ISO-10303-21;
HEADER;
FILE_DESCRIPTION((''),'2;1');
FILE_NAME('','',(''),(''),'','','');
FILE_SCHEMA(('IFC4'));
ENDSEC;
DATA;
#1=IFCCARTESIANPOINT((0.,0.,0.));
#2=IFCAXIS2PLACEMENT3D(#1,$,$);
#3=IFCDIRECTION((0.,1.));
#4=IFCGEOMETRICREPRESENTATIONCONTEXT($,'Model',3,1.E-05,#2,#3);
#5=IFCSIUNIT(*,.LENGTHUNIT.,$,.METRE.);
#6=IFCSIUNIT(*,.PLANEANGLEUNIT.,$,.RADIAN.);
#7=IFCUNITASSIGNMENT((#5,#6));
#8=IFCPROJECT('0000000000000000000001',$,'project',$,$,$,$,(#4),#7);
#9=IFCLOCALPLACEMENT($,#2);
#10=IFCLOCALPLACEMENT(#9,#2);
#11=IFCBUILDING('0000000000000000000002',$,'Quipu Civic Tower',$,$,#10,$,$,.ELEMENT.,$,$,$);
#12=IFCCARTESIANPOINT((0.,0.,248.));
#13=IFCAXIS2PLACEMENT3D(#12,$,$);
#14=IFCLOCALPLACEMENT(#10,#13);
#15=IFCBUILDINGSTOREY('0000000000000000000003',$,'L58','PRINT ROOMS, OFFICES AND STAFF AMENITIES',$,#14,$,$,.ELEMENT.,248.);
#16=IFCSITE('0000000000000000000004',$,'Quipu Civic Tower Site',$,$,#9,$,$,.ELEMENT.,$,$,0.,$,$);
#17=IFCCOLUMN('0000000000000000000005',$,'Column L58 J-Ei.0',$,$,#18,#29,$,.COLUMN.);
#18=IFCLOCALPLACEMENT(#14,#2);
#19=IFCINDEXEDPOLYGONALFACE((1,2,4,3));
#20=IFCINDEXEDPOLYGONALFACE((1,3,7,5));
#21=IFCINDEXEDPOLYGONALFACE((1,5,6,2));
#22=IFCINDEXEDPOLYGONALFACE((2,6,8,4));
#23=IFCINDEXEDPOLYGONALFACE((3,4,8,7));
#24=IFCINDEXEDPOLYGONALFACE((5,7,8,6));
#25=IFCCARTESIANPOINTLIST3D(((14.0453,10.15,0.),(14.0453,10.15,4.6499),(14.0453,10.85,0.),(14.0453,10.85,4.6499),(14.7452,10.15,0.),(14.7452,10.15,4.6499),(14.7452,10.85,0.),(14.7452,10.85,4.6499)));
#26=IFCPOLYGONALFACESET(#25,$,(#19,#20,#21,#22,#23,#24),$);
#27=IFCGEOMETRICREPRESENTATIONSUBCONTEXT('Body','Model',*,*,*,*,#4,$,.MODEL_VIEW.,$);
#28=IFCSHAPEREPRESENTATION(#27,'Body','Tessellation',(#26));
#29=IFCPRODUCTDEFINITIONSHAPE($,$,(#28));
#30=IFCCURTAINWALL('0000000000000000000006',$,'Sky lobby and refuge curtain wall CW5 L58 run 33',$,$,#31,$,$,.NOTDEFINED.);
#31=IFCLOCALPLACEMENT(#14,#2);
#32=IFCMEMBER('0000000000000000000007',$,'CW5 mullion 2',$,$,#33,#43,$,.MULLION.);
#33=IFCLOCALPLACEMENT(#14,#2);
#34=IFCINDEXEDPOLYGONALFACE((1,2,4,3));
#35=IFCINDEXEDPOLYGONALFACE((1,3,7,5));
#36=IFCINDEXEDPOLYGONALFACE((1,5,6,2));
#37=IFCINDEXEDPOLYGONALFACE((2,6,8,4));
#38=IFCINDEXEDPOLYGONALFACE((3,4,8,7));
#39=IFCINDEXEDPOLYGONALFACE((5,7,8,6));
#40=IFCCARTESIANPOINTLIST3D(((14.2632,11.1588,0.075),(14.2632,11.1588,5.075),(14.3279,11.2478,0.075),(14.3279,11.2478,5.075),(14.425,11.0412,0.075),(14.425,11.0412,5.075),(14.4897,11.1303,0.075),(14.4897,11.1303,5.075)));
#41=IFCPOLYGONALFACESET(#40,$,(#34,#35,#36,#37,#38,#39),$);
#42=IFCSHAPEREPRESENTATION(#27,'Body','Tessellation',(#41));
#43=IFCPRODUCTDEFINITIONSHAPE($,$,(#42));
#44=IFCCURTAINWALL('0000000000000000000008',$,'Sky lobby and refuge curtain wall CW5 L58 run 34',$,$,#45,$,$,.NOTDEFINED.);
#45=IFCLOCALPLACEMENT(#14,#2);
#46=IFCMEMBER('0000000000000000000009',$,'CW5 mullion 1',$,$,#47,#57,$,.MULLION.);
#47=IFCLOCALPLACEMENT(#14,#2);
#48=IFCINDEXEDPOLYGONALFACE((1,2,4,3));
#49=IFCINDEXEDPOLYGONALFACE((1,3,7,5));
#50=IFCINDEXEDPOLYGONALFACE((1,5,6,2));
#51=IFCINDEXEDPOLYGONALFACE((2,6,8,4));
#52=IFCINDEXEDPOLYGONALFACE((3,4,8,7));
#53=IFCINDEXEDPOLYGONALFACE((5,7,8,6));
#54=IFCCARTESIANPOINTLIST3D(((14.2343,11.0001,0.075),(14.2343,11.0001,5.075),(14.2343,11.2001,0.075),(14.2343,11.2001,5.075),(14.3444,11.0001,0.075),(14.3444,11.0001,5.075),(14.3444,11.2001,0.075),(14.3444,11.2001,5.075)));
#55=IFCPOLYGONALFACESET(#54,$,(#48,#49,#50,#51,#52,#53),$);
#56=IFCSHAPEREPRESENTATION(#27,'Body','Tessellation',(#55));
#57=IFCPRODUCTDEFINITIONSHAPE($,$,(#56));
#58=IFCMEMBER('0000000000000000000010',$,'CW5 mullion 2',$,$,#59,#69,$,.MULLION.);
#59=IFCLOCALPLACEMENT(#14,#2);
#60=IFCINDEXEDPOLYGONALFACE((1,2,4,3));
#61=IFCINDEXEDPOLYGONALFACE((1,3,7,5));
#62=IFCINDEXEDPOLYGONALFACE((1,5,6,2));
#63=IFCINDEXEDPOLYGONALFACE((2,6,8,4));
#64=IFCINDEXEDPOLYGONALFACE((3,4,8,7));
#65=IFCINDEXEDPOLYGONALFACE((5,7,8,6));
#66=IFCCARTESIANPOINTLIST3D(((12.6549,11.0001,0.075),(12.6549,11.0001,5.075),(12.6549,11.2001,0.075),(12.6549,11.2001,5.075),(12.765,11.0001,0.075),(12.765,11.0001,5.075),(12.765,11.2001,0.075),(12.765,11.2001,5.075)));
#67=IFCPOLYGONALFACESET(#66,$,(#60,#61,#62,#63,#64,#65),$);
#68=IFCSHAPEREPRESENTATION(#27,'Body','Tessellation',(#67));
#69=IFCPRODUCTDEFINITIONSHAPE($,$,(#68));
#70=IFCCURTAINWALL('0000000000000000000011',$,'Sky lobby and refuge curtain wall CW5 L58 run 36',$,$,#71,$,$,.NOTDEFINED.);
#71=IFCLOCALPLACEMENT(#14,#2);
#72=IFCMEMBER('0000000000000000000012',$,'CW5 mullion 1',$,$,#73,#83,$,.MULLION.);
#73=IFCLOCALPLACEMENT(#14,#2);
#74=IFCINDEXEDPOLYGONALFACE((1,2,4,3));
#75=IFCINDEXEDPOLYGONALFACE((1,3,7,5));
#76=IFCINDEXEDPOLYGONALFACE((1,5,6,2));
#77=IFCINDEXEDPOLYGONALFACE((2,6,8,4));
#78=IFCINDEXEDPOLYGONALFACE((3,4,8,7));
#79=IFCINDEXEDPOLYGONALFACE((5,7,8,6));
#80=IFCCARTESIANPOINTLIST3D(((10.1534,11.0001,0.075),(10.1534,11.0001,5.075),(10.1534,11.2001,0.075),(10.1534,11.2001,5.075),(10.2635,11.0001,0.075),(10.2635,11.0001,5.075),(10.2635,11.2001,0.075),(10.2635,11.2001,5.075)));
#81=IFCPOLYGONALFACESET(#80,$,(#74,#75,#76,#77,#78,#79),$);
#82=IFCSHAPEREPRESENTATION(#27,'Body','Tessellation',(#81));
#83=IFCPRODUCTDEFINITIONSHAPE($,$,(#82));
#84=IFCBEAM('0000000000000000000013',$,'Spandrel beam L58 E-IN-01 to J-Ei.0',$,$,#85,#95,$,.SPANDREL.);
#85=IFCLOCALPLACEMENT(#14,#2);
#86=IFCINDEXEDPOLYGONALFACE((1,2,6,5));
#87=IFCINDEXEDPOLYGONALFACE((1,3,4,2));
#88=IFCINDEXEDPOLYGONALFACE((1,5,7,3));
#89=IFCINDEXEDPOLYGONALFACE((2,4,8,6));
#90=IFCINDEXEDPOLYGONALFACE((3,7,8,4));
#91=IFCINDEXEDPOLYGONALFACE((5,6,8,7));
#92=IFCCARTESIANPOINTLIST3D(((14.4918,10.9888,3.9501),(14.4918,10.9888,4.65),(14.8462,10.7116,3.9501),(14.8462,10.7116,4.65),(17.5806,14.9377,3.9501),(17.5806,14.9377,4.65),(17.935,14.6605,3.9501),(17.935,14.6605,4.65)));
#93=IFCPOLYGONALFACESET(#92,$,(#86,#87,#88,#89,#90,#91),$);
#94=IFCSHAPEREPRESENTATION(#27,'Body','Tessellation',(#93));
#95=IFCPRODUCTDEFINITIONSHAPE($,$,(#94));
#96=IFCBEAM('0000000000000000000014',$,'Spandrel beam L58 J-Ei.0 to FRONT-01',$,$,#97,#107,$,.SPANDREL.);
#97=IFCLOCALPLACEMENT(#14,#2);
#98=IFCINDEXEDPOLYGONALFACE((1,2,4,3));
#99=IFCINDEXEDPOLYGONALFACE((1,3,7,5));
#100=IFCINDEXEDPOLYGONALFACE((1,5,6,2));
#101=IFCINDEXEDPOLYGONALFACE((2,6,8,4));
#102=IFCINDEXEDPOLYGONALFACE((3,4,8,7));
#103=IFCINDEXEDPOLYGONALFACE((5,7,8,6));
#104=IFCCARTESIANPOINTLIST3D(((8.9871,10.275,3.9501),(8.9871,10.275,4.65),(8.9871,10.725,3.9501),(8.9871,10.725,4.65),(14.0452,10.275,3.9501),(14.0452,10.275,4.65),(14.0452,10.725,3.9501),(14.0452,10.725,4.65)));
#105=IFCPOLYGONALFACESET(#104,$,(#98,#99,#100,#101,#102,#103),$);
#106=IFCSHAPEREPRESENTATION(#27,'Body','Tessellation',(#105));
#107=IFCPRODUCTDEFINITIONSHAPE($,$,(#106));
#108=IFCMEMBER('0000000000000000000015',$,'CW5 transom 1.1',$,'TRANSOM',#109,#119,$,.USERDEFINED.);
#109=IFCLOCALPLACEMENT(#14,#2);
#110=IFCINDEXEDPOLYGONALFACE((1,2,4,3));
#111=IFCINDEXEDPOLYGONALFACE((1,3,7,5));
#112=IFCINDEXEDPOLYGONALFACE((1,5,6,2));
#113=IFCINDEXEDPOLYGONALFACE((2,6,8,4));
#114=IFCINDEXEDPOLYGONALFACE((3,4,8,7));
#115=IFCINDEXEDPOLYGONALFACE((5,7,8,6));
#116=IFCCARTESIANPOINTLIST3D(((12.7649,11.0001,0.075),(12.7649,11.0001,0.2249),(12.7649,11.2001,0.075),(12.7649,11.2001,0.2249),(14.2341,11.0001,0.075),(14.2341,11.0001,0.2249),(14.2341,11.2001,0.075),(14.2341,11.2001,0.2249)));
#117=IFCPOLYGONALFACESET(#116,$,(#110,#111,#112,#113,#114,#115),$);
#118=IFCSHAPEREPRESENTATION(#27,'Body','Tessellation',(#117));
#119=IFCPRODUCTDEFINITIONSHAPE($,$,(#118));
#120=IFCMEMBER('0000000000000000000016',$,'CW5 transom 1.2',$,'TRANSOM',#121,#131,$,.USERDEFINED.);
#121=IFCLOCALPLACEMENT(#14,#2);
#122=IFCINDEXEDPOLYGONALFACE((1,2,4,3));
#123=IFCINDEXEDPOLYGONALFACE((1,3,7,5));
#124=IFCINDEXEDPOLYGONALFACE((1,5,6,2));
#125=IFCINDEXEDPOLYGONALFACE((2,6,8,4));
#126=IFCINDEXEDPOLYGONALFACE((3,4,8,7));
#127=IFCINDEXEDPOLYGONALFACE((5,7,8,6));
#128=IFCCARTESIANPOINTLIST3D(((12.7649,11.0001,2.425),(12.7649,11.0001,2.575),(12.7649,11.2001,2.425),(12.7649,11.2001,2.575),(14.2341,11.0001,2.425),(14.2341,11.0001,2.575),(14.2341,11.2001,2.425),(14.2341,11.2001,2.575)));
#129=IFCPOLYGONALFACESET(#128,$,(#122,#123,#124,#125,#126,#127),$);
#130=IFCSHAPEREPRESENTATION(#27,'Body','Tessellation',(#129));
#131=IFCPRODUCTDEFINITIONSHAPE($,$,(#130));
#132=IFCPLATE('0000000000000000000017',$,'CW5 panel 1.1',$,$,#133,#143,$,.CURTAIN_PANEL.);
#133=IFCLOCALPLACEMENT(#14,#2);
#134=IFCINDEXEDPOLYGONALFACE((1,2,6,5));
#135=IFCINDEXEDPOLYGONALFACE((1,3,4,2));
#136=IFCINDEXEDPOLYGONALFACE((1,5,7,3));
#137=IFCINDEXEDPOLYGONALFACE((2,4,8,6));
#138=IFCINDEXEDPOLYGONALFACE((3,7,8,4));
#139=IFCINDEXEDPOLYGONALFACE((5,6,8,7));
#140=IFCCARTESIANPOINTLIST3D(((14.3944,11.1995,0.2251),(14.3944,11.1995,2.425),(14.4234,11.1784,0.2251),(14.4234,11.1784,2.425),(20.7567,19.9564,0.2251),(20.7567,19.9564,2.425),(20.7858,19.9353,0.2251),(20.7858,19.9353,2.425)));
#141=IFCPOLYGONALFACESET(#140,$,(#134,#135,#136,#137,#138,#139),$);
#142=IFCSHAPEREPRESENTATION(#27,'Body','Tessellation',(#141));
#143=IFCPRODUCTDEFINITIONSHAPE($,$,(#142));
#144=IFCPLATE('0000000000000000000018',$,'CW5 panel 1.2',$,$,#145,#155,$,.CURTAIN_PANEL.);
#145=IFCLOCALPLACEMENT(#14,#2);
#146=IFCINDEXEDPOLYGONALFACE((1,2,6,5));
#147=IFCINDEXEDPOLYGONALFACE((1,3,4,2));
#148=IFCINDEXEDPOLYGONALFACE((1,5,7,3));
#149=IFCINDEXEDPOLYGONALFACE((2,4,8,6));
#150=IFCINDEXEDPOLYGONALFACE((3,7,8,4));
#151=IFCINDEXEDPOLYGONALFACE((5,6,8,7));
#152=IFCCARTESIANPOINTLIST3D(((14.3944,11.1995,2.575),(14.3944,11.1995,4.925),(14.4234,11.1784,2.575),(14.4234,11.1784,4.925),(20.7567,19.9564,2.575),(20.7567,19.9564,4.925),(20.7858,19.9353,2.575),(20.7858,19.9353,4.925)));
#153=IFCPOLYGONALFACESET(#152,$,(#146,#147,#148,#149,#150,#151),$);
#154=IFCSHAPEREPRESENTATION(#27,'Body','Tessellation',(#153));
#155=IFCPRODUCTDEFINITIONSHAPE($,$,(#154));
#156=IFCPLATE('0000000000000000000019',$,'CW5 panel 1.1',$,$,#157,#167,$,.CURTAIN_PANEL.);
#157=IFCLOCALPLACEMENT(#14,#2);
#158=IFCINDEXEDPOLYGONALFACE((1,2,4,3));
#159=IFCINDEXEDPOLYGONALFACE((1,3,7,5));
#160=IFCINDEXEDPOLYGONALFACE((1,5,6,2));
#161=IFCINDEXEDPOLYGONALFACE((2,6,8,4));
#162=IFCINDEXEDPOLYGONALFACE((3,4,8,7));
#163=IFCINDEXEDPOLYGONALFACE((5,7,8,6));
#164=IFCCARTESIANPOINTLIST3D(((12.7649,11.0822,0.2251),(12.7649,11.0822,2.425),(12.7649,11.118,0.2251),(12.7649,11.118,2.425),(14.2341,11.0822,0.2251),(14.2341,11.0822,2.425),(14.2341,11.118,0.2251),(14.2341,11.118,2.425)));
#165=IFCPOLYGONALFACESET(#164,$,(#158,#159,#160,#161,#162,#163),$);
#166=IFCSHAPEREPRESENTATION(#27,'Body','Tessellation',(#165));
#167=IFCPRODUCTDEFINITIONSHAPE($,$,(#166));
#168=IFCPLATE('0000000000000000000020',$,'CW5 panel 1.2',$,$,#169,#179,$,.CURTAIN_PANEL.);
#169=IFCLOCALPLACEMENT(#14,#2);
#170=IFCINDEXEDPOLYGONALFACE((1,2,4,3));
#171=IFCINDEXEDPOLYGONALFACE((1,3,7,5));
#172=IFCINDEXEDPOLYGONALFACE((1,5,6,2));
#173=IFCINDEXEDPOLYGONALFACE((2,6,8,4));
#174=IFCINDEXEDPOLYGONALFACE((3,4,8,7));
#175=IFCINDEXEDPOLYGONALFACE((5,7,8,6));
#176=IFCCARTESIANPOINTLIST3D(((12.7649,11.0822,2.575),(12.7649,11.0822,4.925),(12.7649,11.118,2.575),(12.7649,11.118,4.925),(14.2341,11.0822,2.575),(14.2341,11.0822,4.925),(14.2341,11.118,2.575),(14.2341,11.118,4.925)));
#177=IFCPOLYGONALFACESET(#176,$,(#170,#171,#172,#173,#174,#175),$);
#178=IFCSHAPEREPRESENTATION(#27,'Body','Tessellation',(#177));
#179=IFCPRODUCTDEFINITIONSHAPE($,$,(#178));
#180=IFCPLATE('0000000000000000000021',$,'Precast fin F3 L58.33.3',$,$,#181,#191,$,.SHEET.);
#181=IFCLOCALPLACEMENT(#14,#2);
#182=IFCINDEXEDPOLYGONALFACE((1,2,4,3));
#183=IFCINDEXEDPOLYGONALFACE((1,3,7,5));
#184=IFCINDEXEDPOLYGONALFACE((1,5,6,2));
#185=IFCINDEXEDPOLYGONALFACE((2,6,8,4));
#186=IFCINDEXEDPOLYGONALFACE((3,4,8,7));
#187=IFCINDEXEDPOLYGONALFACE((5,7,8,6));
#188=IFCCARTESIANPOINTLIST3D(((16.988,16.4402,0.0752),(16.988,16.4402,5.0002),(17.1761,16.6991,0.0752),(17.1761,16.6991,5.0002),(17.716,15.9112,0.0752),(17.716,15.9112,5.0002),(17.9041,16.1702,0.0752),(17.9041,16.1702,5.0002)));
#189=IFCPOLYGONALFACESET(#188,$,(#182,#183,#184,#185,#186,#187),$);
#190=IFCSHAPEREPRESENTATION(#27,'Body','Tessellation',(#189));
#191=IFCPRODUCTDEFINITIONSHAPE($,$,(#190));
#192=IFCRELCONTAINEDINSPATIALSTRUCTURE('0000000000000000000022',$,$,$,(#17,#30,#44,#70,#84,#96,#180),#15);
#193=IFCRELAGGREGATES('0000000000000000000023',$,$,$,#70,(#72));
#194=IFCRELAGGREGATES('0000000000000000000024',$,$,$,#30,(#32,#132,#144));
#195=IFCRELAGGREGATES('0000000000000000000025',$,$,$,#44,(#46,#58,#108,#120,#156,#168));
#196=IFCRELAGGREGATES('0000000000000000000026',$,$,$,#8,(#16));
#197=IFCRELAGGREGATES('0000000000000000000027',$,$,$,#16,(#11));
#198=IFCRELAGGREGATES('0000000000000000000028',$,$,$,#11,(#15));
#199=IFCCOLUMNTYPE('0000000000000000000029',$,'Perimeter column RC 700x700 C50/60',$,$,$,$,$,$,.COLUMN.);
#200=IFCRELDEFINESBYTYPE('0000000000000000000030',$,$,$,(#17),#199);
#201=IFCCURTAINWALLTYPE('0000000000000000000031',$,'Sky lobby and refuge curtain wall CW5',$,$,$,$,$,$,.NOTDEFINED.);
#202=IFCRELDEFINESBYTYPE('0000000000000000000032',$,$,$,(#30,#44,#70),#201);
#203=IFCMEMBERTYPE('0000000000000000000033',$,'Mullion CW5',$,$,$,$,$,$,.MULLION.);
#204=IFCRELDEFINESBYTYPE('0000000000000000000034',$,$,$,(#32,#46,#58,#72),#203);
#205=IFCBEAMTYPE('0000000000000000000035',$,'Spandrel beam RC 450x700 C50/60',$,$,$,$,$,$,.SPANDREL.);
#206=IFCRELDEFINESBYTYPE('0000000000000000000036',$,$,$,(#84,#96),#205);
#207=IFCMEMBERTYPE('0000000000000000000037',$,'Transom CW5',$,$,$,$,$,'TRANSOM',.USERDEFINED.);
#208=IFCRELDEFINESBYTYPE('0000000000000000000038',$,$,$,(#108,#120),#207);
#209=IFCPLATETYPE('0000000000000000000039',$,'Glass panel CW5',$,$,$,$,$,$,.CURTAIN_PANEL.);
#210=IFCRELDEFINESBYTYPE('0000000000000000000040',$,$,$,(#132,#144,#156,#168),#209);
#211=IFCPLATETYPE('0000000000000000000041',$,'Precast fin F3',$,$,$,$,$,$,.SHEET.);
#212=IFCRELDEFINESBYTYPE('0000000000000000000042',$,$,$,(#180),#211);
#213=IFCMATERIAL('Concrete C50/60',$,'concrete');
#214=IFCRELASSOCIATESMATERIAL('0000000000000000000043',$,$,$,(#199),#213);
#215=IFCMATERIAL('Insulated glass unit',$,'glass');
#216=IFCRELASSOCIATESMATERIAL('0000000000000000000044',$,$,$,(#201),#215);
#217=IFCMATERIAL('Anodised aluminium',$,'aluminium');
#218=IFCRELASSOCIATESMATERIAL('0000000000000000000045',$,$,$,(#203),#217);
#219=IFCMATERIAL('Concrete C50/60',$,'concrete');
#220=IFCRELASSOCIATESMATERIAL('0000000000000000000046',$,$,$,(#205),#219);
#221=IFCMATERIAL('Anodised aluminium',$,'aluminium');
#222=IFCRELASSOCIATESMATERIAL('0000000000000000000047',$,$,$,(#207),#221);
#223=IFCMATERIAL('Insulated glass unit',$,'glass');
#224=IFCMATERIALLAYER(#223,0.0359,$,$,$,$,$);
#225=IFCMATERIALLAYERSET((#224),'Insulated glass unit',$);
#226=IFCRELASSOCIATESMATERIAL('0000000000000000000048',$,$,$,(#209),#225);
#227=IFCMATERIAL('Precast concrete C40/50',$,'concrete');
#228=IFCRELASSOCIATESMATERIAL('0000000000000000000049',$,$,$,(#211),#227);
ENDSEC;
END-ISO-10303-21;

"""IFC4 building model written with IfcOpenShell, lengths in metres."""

from ifc_helpers import new_model, si_unit, direction, frame, origin, origin_2d, place, context, subcontext, project, spatial, rectangle, extrude, material, layer, layer_set, material_profile, profile_set, type_object, element, aggregate, save


model = new_model("IFC4")

# Units and contexts
model_context = context("Model", 3, precision=1e-05, world=origin(), true_north=direction((0.0, 1.0)))
body_context = subcontext(model_context, "Body", "Model", "MODEL_VIEW")
ifc_project = project(units=[si_unit("LENGTHUNIT", "METRE"), si_unit("PLANEANGLEUNIT", "RADIAN")], contexts=[model_context])

# Site, building, storey
site_placement = place(None, origin())
site = spatial("IfcSite", under=ifc_project, at=site_placement, Name="Quipu Civic Tower Site", CompositionType="ELEMENT", RefElevation=0.0)
building_placement = place(site_placement, origin())
building = spatial("IfcBuilding", under=site, at=building_placement, Name="Quipu Civic Tower", CompositionType="ELEMENT")
storey_placement = place(building_placement, frame((0.0, 0.0, 248.0)))
storey = spatial("IfcBuildingStorey", under=building, at=storey_placement, Name="L58", Description="PRINT ROOMS, OFFICES AND STAFF AMENITIES", CompositionType="ELEMENT", Elevation=248.0)

# Column
ifc_material_1 = material(Name="Concrete C50/60", Category="concrete")
ifc_material_profile_1 = material_profile(ifc_material_1, rectangle(XDim=0.7, YDim=0.7, at=origin_2d()), Name="RC700x700")
ifc_profile_set_1 = profile_set([ifc_material_profile_1], Name="Concrete C50/60")
column_type = type_object("IfcColumnType", Name="Perimeter column RC 700x700 C50/60", PredefinedType="COLUMN", material=ifc_profile_set_1)
column_placement = place(storey_placement, frame((14.3953, 10.5, 0.0), z_axis=(0.0, 0.0, 1.0), x_axis=(-1.0, 0.0, 0.0)))
element("IfcColumn", 1, at=column_placement, inside=storey, type_object=column_type, Name="Column L58 J-Ei.0", PredefinedType="COLUMN", context=body_context, shape_type="SweptSolid", body=[
    extrude(rectangle(XDim=0.7, YDim=0.7, at=origin_2d()), origin(), (0.0, 0.0, 1.0), 4.6499),
])

# Curtain wall, member
ifc_material_2 = material(Name="Insulated glass unit", Category="glass")
curtain_wall_type = type_object("IfcCurtainWallType", Name="Sky lobby and refuge curtain wall CW5", PredefinedType="NOTDEFINED", material=ifc_material_2)
curtain_wall_1_placement = place(storey_placement, origin())
curtain_wall_1 = element("IfcCurtainWall", 2, at=curtain_wall_1_placement, inside=storey, type_object=curtain_wall_type, Name="Sky lobby and refuge curtain wall CW5 L58 run 33", PredefinedType="NOTDEFINED")
ifc_material_3 = material(Name="Anodised aluminium", Category="aluminium")
ifc_material_profile_2 = material_profile(ifc_material_3, rectangle(XDim=0.2, YDim=0.1101, at=origin_2d()), Name="RECT 200x110")
ifc_profile_set_2 = profile_set([ifc_material_profile_2], Name="Anodised aluminium")
member_type_1 = type_object("IfcMemberType", Name="Mullion CW5", PredefinedType="MULLION", material=ifc_profile_set_2)
member_1_placement = place(storey_placement, frame((14.3765, 11.1445, 0.075), z_axis=(0.0, 0.0, 1.0), x_axis=(0.809015, -0.587788, 0.0)))
member_1 = element("IfcMember", 3, at=member_1_placement, type_object=member_type_1, Name="CW5 mullion 2", PredefinedType="MULLION", context=body_context, shape_type="SweptSolid", body=[
    extrude(rectangle(XDim=0.2, YDim=0.1101, at=origin_2d()), origin(), (0.0, 0.0, 1.0), 5.0),
])

# Curtain wall, members
curtain_wall_2_placement = place(storey_placement, origin())
curtain_wall_2 = element("IfcCurtainWall", 4, at=curtain_wall_2_placement, inside=storey, type_object=curtain_wall_type, Name="Sky lobby and refuge curtain wall CW5 L58 run 34", PredefinedType="NOTDEFINED")
member_2_placement = place(storey_placement, frame((14.2893, 11.1001, 0.075), z_axis=(0.0, 0.0, 1.0), x_axis=(0.0, -1.0, 0.0)))
member_2 = element("IfcMember", 5, at=member_2_placement, type_object=member_type_1, Name="CW5 mullion 1", PredefinedType="MULLION", context=body_context, shape_type="SweptSolid", body=[
    extrude(rectangle(XDim=0.2, YDim=0.1101, at=origin_2d()), origin(), (0.0, 0.0, 1.0), 5.0),
])
member_3_placement = place(storey_placement, frame((12.71, 11.1001, 0.075), z_axis=(0.0, 0.0, 1.0), x_axis=(0.0, -1.0, 0.0)))
member_3 = element("IfcMember", 6, at=member_3_placement, type_object=member_type_1, Name="CW5 mullion 2", PredefinedType="MULLION", context=body_context, shape_type="SweptSolid", body=[
    extrude(rectangle(XDim=0.2, YDim=0.1101, at=origin_2d()), origin(), (0.0, 0.0, 1.0), 5.0),
])

# Curtain wall, member
curtain_wall_3_placement = place(storey_placement, origin())
curtain_wall_3 = element("IfcCurtainWall", 7, at=curtain_wall_3_placement, inside=storey, type_object=curtain_wall_type, Name="Sky lobby and refuge curtain wall CW5 L58 run 36", PredefinedType="NOTDEFINED")
member_4_placement = place(storey_placement, frame((10.2085, 11.1001, 0.075), z_axis=(0.0, 0.0, 1.0), x_axis=(0.0, -1.0, 0.0)))
member_4 = element("IfcMember", 8, at=member_4_placement, type_object=member_type_1, Name="CW5 mullion 1", PredefinedType="MULLION", context=body_context, shape_type="SweptSolid", body=[
    extrude(rectangle(XDim=0.2, YDim=0.1101, at=origin_2d()), origin(), (0.0, 0.0, 1.0), 5.0),
])
aggregate(curtain_wall_3, [member_4])

# Beams
ifc_material_4 = material(Name="Concrete C50/60", Category="concrete")
ifc_material_profile_3 = material_profile(ifc_material_4, rectangle(XDim=0.45, YDim=0.7, at=origin_2d()), Name="RC450x700")
ifc_profile_set_3 = profile_set([ifc_material_profile_3], Name="Concrete C50/60")
beam_type = type_object("IfcBeamType", Name="Spandrel beam RC 450x700 C50/60", PredefinedType="SPANDREL", material=ifc_profile_set_3)
beam_1_placement = place(storey_placement, frame((17.7578, 14.7991, 4.3), z_axis=(-0.616106, -0.787663, 0.0), x_axis=(0.787663, -0.616106, 0.0)))
element("IfcBeam", 9, at=beam_1_placement, inside=storey, type_object=beam_type, Name="Spandrel beam L58 E-IN-01 to J-Ei.0", PredefinedType="SPANDREL", context=body_context, shape_type="SweptSolid", body=[
    extrude(rectangle(XDim=0.45, YDim=0.7, at=origin_2d()), origin(), (0.0, 0.0, 1.0), 5.0134),
])
beam_2_placement = place(storey_placement, frame((14.0452, 10.5, 4.3), z_axis=(-1.0, 0.0, 0.0), x_axis=(0.0, -1.0, 0.0)))
element("IfcBeam", 10, at=beam_2_placement, inside=storey, type_object=beam_type, Name="Spandrel beam L58 J-Ei.0 to FRONT-01", PredefinedType="SPANDREL", context=body_context, shape_type="SweptSolid", body=[
    extrude(rectangle(XDim=0.45, YDim=0.7, at=origin_2d()), origin(), (0.0, 0.0, 1.0), 5.0581),
])

# Members
ifc_material_5 = material(Name="Anodised aluminium", Category="aluminium")
ifc_material_profile_4 = material_profile(ifc_material_5, rectangle(XDim=0.2, YDim=0.1499, at=origin_2d()), Name="RECT 200x150")
ifc_profile_set_4 = profile_set([ifc_material_profile_4], Name="Anodised aluminium")
member_type_2 = type_object("IfcMemberType", Name="Transom CW5", ElementType="TRANSOM", PredefinedType="USERDEFINED", material=ifc_profile_set_4)
member_5_placement = place(storey_placement, frame((14.2341, 11.1001, 0.1499), z_axis=(-1.0, 0.0, 0.0), x_axis=(0.0, -1.0, 0.0)))
member_5 = element("IfcMember", 11, at=member_5_placement, type_object=member_type_2, Name="CW5 transom 1.1", ObjectType="TRANSOM", PredefinedType="USERDEFINED", context=body_context, shape_type="SweptSolid", body=[
    extrude(rectangle(XDim=0.2, YDim=0.1499, at=origin_2d()), origin(), (0.0, 0.0, 1.0), 1.4692),
])
member_6_placement = place(storey_placement, frame((14.2341, 11.1001, 2.5), z_axis=(-1.0, 0.0, 0.0), x_axis=(0.0, -1.0, 0.0)))
member_6 = element("IfcMember", 12, at=member_6_placement, type_object=member_type_2, Name="CW5 transom 1.2", ObjectType="TRANSOM", PredefinedType="USERDEFINED", context=body_context, shape_type="SweptSolid", body=[
    extrude(rectangle(XDim=0.2, YDim=0.1499, at=origin_2d()), origin(), (0.0, 0.0, 1.0), 1.4692),
])

# Plates
ifc_material_6 = material(Name="Insulated glass unit", Category="glass")
ifc_layer_1 = layer(ifc_material_6, 0.0359)
ifc_layer_set_1 = layer_set([ifc_layer_1], Name="Insulated glass unit")
plate_type_1 = type_object("IfcPlateType", Name="Glass panel CW5", PredefinedType="CURTAIN_PANEL", material=ifc_layer_set_1)
plate_1_placement = place(storey_placement, frame((17.5901, 15.5674, 0.2251), z_axis=(0.0, 0.0, 1.0), x_axis=(-0.587788, -0.809015, 0.0)))
plate_1 = element("IfcPlate", 13, at=plate_1_placement, type_object=plate_type_1, Name="CW5 panel 1.1", PredefinedType="CURTAIN_PANEL", context=body_context, shape_type="SweptSolid", body=[
    extrude(rectangle(XDim=10.8242, YDim=0.0359, at=origin_2d()), origin(), (0.0, 0.0, 1.0), 2.2),
])
plate_2_placement = place(storey_placement, frame((17.5901, 15.5674, 2.575), z_axis=(0.0, 0.0, 1.0), x_axis=(-0.587788, -0.809015, 0.0)))
plate_2 = element("IfcPlate", 14, at=plate_2_placement, type_object=plate_type_1, Name="CW5 panel 1.2", PredefinedType="CURTAIN_PANEL", context=body_context, shape_type="SweptSolid", body=[
    extrude(rectangle(XDim=10.8242, YDim=0.0359, at=origin_2d()), origin(), (0.0, 0.0, 1.0), 2.3501),
])
aggregate(curtain_wall_1, [member_1, plate_1, plate_2])
plate_3_placement = place(storey_placement, frame((13.4995, 11.1001, 0.2251), z_axis=(0.0, 0.0, 1.0), x_axis=(-1.0, 0.0, 0.0)))
plate_3 = element("IfcPlate", 15, at=plate_3_placement, type_object=plate_type_1, Name="CW5 panel 1.1", PredefinedType="CURTAIN_PANEL", context=body_context, shape_type="SweptSolid", body=[
    extrude(rectangle(XDim=1.4692, YDim=0.0359, at=origin_2d()), origin(), (0.0, 0.0, 1.0), 2.2),
])
plate_4_placement = place(storey_placement, frame((13.4995, 11.1001, 2.575), z_axis=(0.0, 0.0, 1.0), x_axis=(-1.0, 0.0, 0.0)))
plate_4 = element("IfcPlate", 16, at=plate_4_placement, type_object=plate_type_1, Name="CW5 panel 1.2", PredefinedType="CURTAIN_PANEL", context=body_context, shape_type="SweptSolid", body=[
    extrude(rectangle(XDim=1.4692, YDim=0.0359, at=origin_2d()), origin(), (0.0, 0.0, 1.0), 2.3501),
])
aggregate(curtain_wall_2, [member_2, member_3, member_5, member_6, plate_3, plate_4])

# Plate
ifc_material_7 = material(Name="Precast concrete C40/50", Category="concrete")
plate_type_2 = type_object("IfcPlateType", Name="Precast fin F3", PredefinedType="SHEET", material=ifc_material_7)
for number, where, z_axis, x_axis, name in (
    (17, (17.446, 16.3052, 0.0752), (0.0, 0.0, 1.0), (-0.587784, -0.809018, 0.0), "Precast fin F3 L58.33.3"),
):
    element("IfcPlate", number, at=place(storey_placement, frame(where, z_axis=z_axis, x_axis=x_axis)), inside=storey, type_object=plate_type_2, Name=name, PredefinedType="SHEET", context=body_context, shape_type="SweptSolid", body=[
        extrude(rectangle(XDim=0.3201, YDim=0.8999, at=origin_2d()), origin(), (0.0, 0.0, 1.0), 4.925),
    ])

save(model, "model.ifc")
